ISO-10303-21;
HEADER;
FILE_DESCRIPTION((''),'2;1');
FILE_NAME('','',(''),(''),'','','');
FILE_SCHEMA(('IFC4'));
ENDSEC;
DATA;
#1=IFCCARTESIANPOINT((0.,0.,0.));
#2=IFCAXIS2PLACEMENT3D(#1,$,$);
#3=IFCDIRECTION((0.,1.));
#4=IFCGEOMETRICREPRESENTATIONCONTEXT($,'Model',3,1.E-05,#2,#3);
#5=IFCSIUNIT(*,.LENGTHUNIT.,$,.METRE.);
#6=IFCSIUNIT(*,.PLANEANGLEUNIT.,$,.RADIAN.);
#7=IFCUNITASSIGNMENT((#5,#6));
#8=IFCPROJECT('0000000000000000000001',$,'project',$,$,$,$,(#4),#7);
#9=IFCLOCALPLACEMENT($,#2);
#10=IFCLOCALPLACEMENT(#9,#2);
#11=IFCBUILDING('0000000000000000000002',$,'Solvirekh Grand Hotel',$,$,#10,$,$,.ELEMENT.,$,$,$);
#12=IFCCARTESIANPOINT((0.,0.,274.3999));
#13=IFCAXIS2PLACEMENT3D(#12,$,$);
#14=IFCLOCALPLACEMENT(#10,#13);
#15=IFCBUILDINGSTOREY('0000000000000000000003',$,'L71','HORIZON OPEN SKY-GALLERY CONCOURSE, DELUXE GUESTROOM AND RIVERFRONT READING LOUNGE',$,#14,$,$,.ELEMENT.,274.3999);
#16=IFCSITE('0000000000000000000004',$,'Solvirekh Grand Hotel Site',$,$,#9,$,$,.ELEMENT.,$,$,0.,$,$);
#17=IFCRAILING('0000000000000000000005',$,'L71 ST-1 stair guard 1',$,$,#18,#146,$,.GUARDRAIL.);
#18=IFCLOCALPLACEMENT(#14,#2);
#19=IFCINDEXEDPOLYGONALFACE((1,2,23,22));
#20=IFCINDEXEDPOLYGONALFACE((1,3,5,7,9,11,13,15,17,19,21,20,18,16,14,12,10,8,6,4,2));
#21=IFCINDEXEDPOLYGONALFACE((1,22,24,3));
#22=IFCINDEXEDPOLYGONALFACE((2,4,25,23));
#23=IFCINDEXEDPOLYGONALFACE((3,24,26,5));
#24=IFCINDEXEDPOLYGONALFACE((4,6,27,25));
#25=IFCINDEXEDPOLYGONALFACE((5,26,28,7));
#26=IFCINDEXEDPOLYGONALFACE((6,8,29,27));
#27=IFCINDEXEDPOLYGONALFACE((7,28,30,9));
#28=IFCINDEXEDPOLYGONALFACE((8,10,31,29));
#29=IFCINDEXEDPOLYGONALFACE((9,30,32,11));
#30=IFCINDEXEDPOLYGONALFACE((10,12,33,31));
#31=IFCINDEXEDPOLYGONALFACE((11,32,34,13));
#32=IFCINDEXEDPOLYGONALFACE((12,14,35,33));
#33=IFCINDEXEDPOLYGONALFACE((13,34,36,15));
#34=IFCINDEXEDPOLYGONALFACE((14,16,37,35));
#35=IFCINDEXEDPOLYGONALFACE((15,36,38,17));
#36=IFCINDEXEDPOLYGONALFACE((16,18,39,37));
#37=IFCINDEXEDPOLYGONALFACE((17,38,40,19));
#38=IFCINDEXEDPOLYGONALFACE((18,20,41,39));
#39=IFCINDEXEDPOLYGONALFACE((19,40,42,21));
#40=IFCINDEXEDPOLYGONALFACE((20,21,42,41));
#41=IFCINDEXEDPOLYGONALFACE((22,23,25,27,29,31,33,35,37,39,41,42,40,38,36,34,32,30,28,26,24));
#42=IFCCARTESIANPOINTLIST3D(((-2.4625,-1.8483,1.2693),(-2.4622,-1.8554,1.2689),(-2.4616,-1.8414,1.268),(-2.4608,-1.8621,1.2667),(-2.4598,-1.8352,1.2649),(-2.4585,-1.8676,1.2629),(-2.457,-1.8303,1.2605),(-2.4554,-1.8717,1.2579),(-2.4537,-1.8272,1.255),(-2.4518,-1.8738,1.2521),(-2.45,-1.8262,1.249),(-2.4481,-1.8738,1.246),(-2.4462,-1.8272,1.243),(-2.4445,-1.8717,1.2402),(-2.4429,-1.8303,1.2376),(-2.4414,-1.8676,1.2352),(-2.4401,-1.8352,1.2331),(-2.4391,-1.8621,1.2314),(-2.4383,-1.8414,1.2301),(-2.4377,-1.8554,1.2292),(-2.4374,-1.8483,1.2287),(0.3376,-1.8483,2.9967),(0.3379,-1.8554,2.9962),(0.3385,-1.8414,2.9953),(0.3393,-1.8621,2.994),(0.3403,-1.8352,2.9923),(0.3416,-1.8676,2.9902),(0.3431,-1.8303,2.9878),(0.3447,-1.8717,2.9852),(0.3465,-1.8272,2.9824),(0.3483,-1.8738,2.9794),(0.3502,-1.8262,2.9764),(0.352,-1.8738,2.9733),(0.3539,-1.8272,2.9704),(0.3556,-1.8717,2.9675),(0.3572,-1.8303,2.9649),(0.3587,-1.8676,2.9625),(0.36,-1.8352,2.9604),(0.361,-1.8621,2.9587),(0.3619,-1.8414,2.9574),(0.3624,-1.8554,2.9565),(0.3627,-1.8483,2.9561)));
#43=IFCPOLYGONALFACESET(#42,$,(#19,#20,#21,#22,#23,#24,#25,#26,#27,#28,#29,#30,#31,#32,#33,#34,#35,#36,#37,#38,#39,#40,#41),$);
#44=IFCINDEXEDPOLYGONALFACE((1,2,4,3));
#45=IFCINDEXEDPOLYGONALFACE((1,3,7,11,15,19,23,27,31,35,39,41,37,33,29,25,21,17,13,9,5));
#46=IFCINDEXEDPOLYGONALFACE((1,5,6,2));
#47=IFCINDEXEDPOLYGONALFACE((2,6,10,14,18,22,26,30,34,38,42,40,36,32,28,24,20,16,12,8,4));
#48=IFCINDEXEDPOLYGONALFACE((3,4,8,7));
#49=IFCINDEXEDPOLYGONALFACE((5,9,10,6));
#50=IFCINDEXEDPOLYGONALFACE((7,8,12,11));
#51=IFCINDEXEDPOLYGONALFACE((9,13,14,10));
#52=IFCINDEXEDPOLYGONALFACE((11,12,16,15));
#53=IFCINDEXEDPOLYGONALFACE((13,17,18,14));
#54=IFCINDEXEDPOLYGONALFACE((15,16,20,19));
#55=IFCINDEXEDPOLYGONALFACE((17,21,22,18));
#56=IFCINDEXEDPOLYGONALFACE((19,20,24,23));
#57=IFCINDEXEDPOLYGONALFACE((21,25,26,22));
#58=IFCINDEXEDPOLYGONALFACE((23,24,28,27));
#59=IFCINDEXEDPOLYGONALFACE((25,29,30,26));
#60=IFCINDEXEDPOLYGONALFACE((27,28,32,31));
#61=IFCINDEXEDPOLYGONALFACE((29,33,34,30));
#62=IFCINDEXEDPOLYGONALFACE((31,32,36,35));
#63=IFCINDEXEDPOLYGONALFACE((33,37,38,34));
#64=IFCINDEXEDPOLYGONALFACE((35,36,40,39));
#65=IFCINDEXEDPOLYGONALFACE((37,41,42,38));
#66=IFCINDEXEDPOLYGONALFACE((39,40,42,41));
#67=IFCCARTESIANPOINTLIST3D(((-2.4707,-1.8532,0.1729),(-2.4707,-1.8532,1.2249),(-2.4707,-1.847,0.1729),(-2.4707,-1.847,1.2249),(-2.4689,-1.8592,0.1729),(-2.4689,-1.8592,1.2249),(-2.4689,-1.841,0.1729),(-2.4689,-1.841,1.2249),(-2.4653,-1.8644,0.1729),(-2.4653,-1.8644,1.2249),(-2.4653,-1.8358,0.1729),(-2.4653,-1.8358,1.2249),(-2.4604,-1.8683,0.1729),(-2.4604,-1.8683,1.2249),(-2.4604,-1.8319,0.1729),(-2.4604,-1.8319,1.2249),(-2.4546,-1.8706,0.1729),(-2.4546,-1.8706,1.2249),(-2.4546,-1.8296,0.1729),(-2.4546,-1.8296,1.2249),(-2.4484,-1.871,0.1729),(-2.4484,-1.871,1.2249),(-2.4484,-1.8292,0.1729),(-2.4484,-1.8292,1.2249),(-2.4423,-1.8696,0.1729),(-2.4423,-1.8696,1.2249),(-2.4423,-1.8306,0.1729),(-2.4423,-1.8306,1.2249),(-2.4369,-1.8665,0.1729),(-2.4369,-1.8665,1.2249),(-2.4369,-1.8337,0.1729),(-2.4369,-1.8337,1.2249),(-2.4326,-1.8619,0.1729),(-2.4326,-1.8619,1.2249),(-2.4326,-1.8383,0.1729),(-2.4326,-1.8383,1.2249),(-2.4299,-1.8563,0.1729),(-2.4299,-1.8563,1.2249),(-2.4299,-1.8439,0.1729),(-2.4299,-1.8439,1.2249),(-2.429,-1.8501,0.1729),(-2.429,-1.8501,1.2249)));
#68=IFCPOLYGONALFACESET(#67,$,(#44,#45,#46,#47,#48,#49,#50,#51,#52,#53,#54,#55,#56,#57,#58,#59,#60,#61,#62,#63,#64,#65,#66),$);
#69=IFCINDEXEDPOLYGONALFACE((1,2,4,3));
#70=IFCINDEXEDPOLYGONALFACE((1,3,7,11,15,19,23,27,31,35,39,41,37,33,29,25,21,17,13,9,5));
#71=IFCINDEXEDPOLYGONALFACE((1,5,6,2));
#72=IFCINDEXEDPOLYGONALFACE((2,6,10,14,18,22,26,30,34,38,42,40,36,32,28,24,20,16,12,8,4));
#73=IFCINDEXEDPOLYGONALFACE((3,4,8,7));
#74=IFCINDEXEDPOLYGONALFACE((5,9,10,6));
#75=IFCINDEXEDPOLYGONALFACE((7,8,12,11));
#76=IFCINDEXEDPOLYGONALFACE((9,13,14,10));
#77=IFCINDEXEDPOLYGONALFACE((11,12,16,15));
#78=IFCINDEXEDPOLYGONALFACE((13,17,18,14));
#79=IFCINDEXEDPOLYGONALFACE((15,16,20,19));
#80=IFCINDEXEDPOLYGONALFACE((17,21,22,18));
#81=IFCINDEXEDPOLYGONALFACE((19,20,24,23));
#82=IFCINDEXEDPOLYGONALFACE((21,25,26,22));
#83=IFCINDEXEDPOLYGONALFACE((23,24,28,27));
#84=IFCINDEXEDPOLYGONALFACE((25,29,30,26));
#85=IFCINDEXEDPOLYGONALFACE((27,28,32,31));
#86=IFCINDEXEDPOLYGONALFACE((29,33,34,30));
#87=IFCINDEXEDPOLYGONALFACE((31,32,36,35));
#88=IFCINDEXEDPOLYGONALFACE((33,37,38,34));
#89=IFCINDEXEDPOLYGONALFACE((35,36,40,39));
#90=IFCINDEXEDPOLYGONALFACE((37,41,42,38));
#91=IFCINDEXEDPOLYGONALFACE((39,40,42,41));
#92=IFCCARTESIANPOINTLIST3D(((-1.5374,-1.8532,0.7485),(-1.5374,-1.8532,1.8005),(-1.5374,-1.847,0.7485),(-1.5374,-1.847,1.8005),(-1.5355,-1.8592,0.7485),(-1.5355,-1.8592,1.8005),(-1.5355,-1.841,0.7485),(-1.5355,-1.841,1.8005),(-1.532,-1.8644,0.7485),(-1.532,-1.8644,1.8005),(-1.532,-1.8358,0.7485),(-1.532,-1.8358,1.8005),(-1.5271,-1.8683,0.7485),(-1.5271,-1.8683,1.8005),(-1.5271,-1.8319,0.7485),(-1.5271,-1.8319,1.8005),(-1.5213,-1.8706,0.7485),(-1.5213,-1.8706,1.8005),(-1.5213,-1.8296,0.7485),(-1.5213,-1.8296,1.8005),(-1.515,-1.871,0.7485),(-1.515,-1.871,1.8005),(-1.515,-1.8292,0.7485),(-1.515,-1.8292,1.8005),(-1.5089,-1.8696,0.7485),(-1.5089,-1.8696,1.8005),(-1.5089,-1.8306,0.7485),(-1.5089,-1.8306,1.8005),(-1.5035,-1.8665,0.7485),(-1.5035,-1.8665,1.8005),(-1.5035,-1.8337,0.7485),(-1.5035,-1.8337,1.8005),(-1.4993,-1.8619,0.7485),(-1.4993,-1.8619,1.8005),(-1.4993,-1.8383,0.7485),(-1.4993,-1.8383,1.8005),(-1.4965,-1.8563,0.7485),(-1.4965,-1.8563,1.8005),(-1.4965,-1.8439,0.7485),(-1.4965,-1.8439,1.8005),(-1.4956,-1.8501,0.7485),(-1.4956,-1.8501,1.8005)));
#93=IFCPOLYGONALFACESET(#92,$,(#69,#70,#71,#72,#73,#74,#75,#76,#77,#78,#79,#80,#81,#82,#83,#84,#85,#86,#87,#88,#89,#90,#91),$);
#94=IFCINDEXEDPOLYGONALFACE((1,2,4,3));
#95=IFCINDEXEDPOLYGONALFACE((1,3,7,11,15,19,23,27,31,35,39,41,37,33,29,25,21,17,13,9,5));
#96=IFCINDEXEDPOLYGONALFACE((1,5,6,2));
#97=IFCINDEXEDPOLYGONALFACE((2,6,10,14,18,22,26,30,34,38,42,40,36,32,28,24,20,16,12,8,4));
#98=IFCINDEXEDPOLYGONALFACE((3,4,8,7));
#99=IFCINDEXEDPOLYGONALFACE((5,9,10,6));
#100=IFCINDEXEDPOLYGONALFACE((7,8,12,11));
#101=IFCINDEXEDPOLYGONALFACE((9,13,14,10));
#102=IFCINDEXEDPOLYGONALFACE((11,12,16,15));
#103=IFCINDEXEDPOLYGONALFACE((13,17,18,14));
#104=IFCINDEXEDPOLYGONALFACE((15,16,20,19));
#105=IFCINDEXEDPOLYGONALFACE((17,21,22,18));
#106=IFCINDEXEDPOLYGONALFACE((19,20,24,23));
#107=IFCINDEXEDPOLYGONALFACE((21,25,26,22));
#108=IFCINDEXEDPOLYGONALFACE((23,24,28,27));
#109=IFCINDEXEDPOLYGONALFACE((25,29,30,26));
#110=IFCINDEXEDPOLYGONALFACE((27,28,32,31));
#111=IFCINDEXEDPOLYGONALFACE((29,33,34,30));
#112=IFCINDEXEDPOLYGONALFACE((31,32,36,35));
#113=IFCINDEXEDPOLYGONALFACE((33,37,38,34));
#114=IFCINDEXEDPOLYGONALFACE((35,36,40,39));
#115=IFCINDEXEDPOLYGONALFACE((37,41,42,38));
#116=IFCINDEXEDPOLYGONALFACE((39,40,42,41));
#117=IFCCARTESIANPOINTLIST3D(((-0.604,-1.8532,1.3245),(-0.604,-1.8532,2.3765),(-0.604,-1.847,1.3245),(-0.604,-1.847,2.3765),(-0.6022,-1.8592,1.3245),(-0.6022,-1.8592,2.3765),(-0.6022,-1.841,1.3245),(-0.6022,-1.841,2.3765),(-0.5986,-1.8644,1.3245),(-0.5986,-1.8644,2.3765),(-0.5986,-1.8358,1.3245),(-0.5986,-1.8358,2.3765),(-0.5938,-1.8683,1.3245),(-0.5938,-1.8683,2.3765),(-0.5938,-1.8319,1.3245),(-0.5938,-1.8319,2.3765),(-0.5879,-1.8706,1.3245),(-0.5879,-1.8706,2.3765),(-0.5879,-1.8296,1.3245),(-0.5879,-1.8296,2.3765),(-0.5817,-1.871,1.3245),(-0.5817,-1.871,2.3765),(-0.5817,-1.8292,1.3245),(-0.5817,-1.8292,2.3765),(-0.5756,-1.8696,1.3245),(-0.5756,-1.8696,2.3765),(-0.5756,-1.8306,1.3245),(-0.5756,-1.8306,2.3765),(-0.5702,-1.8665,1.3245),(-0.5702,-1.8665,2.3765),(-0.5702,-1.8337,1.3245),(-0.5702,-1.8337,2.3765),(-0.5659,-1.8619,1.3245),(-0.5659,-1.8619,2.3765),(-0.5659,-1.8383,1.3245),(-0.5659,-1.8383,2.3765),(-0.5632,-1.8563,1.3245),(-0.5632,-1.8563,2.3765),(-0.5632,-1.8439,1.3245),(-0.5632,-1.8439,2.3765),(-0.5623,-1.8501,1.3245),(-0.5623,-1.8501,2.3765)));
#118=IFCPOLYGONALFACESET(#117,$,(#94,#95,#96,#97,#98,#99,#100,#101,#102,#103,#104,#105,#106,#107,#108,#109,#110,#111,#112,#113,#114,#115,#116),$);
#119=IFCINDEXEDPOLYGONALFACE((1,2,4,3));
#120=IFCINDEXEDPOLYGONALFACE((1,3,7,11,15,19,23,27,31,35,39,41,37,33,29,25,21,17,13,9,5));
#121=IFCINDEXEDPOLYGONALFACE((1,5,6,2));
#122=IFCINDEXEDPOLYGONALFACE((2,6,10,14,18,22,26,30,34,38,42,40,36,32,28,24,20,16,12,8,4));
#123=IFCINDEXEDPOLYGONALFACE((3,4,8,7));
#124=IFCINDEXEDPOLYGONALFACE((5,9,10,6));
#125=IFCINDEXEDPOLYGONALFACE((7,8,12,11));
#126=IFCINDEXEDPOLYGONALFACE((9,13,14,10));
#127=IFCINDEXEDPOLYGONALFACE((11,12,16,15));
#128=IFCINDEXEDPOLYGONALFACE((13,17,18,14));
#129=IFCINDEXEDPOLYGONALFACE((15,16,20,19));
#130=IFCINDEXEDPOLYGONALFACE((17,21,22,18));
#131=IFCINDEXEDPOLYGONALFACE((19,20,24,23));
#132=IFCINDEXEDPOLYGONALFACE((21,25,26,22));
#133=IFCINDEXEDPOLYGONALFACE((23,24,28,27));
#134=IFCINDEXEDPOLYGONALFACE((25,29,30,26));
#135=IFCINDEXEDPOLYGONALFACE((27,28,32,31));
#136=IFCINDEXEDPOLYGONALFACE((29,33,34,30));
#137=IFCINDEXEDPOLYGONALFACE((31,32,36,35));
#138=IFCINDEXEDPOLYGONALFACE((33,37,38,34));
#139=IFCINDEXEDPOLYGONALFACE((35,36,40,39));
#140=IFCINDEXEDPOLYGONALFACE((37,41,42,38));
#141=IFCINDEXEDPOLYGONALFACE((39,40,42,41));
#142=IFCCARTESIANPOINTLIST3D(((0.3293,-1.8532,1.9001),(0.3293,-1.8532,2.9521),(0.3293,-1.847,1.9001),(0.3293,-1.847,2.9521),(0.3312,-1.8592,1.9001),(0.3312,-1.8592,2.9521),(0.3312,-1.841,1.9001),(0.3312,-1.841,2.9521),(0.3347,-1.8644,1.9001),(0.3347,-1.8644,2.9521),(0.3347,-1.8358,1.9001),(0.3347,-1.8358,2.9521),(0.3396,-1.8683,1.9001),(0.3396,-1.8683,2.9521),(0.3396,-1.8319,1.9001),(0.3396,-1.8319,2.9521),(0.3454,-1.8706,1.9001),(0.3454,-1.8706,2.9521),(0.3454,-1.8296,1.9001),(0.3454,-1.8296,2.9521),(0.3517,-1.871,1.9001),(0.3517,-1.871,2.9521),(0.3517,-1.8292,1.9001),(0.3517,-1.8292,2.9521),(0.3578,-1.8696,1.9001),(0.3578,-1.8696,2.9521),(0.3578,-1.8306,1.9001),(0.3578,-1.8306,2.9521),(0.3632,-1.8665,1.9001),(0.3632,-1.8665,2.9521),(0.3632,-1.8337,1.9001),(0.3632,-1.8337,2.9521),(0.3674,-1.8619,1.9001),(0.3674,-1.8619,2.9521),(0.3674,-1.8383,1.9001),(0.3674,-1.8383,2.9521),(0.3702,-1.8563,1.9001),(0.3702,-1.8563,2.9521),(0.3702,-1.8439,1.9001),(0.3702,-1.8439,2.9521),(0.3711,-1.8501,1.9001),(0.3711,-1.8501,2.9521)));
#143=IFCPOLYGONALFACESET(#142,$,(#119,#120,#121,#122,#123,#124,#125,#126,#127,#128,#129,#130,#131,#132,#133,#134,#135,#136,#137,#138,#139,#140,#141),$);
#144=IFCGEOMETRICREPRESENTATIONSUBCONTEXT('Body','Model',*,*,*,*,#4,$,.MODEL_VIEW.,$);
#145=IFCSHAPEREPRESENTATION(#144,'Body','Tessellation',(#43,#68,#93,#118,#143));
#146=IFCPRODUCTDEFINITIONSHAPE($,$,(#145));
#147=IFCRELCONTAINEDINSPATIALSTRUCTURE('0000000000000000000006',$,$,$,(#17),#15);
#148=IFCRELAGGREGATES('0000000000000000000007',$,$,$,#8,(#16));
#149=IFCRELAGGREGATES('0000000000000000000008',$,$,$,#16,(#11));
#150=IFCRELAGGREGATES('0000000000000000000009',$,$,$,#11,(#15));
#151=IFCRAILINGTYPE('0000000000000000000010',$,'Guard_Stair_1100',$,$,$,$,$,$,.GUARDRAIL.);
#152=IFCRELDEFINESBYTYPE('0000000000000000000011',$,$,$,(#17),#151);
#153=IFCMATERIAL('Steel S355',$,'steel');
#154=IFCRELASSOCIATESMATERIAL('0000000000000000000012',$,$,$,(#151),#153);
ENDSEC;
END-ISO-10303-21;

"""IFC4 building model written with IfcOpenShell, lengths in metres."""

from ifc_helpers import new_model, si_unit, direction, frame, origin, origin_2d, place, context, subcontext, project, spatial, circle, extrude, material, type_object, element, save


model = new_model("IFC4")

# Units and contexts
model_context = context("Model", 3, precision=1e-05, world=origin(), true_north=direction((0.0, 1.0)))
body_context = subcontext(model_context, "Body", "Model", "MODEL_VIEW")
ifc_project = project(units=[si_unit("LENGTHUNIT", "METRE"), si_unit("PLANEANGLEUNIT", "RADIAN")], contexts=[model_context])

# Site, building, storey
site_placement = place(None, origin())
site = spatial("IfcSite", under=ifc_project, at=site_placement, Name="Solvirekh Grand Hotel Site", CompositionType="ELEMENT", RefElevation=0.0)
building_placement = place(site_placement, origin())
building = spatial("IfcBuilding", under=site, at=building_placement, Name="Solvirekh Grand Hotel", CompositionType="ELEMENT")
storey_placement = place(building_placement, frame((0.0, 0.0, 274.3999)))
storey = spatial("IfcBuildingStorey", under=building, at=storey_placement, Name="L71", Description="HORIZON OPEN SKY-GALLERY CONCOURSE, DELUXE GUESTROOM AND RIVERFRONT READING LOUNGE", CompositionType="ELEMENT", Elevation=274.3999)

# Shared definitions
ifc_material_1 = material(Name="Steel S355", Category="steel")

# Railing
railing_type_1 = type_object("IfcRailingType", Name="Guard_Stair_1100", PredefinedType="GUARDRAIL", material=ifc_material_1)
railing_1_placement = place(storey_placement, frame((-2.45, -1.8501, 0.1729)))
element("IfcRailing", 1, at=railing_1_placement, inside=storey, type_object=railing_type_1, Name="L71 ST-1 stair guard 1", PredefinedType="GUARDRAIL", context=body_context, shape_type="SweptSolid", body=[
    extrude(circle(Radius=0.0239, at=origin_2d()), frame((0.0, 0.0, 1.0762), z_axis=(0.85109, 0.0, 0.52502), x_axis=(0.0, 1.0, 0.0)), (0.0, 0.0, 1.0), 3.29),
    extrude(circle(Radius=0.021, at=origin_2d()), origin(), (0.0, 0.0, 1.0), 1.052),
    extrude(circle(Radius=0.021, at=origin_2d()), frame((0.9333, 0.0, 0.5757)), (0.0, 0.0, 1.0), 1.052),
    extrude(circle(Radius=0.021, at=origin_2d()), frame((1.8667, 0.0, 1.1516)), (0.0, 0.0, 1.0), 1.052),
    extrude(circle(Radius=0.021, at=origin_2d()), frame((2.8, 0.0, 1.7273)), (0.0, 0.0, 1.0), 1.052),
])

save(model, "model.ifc")
